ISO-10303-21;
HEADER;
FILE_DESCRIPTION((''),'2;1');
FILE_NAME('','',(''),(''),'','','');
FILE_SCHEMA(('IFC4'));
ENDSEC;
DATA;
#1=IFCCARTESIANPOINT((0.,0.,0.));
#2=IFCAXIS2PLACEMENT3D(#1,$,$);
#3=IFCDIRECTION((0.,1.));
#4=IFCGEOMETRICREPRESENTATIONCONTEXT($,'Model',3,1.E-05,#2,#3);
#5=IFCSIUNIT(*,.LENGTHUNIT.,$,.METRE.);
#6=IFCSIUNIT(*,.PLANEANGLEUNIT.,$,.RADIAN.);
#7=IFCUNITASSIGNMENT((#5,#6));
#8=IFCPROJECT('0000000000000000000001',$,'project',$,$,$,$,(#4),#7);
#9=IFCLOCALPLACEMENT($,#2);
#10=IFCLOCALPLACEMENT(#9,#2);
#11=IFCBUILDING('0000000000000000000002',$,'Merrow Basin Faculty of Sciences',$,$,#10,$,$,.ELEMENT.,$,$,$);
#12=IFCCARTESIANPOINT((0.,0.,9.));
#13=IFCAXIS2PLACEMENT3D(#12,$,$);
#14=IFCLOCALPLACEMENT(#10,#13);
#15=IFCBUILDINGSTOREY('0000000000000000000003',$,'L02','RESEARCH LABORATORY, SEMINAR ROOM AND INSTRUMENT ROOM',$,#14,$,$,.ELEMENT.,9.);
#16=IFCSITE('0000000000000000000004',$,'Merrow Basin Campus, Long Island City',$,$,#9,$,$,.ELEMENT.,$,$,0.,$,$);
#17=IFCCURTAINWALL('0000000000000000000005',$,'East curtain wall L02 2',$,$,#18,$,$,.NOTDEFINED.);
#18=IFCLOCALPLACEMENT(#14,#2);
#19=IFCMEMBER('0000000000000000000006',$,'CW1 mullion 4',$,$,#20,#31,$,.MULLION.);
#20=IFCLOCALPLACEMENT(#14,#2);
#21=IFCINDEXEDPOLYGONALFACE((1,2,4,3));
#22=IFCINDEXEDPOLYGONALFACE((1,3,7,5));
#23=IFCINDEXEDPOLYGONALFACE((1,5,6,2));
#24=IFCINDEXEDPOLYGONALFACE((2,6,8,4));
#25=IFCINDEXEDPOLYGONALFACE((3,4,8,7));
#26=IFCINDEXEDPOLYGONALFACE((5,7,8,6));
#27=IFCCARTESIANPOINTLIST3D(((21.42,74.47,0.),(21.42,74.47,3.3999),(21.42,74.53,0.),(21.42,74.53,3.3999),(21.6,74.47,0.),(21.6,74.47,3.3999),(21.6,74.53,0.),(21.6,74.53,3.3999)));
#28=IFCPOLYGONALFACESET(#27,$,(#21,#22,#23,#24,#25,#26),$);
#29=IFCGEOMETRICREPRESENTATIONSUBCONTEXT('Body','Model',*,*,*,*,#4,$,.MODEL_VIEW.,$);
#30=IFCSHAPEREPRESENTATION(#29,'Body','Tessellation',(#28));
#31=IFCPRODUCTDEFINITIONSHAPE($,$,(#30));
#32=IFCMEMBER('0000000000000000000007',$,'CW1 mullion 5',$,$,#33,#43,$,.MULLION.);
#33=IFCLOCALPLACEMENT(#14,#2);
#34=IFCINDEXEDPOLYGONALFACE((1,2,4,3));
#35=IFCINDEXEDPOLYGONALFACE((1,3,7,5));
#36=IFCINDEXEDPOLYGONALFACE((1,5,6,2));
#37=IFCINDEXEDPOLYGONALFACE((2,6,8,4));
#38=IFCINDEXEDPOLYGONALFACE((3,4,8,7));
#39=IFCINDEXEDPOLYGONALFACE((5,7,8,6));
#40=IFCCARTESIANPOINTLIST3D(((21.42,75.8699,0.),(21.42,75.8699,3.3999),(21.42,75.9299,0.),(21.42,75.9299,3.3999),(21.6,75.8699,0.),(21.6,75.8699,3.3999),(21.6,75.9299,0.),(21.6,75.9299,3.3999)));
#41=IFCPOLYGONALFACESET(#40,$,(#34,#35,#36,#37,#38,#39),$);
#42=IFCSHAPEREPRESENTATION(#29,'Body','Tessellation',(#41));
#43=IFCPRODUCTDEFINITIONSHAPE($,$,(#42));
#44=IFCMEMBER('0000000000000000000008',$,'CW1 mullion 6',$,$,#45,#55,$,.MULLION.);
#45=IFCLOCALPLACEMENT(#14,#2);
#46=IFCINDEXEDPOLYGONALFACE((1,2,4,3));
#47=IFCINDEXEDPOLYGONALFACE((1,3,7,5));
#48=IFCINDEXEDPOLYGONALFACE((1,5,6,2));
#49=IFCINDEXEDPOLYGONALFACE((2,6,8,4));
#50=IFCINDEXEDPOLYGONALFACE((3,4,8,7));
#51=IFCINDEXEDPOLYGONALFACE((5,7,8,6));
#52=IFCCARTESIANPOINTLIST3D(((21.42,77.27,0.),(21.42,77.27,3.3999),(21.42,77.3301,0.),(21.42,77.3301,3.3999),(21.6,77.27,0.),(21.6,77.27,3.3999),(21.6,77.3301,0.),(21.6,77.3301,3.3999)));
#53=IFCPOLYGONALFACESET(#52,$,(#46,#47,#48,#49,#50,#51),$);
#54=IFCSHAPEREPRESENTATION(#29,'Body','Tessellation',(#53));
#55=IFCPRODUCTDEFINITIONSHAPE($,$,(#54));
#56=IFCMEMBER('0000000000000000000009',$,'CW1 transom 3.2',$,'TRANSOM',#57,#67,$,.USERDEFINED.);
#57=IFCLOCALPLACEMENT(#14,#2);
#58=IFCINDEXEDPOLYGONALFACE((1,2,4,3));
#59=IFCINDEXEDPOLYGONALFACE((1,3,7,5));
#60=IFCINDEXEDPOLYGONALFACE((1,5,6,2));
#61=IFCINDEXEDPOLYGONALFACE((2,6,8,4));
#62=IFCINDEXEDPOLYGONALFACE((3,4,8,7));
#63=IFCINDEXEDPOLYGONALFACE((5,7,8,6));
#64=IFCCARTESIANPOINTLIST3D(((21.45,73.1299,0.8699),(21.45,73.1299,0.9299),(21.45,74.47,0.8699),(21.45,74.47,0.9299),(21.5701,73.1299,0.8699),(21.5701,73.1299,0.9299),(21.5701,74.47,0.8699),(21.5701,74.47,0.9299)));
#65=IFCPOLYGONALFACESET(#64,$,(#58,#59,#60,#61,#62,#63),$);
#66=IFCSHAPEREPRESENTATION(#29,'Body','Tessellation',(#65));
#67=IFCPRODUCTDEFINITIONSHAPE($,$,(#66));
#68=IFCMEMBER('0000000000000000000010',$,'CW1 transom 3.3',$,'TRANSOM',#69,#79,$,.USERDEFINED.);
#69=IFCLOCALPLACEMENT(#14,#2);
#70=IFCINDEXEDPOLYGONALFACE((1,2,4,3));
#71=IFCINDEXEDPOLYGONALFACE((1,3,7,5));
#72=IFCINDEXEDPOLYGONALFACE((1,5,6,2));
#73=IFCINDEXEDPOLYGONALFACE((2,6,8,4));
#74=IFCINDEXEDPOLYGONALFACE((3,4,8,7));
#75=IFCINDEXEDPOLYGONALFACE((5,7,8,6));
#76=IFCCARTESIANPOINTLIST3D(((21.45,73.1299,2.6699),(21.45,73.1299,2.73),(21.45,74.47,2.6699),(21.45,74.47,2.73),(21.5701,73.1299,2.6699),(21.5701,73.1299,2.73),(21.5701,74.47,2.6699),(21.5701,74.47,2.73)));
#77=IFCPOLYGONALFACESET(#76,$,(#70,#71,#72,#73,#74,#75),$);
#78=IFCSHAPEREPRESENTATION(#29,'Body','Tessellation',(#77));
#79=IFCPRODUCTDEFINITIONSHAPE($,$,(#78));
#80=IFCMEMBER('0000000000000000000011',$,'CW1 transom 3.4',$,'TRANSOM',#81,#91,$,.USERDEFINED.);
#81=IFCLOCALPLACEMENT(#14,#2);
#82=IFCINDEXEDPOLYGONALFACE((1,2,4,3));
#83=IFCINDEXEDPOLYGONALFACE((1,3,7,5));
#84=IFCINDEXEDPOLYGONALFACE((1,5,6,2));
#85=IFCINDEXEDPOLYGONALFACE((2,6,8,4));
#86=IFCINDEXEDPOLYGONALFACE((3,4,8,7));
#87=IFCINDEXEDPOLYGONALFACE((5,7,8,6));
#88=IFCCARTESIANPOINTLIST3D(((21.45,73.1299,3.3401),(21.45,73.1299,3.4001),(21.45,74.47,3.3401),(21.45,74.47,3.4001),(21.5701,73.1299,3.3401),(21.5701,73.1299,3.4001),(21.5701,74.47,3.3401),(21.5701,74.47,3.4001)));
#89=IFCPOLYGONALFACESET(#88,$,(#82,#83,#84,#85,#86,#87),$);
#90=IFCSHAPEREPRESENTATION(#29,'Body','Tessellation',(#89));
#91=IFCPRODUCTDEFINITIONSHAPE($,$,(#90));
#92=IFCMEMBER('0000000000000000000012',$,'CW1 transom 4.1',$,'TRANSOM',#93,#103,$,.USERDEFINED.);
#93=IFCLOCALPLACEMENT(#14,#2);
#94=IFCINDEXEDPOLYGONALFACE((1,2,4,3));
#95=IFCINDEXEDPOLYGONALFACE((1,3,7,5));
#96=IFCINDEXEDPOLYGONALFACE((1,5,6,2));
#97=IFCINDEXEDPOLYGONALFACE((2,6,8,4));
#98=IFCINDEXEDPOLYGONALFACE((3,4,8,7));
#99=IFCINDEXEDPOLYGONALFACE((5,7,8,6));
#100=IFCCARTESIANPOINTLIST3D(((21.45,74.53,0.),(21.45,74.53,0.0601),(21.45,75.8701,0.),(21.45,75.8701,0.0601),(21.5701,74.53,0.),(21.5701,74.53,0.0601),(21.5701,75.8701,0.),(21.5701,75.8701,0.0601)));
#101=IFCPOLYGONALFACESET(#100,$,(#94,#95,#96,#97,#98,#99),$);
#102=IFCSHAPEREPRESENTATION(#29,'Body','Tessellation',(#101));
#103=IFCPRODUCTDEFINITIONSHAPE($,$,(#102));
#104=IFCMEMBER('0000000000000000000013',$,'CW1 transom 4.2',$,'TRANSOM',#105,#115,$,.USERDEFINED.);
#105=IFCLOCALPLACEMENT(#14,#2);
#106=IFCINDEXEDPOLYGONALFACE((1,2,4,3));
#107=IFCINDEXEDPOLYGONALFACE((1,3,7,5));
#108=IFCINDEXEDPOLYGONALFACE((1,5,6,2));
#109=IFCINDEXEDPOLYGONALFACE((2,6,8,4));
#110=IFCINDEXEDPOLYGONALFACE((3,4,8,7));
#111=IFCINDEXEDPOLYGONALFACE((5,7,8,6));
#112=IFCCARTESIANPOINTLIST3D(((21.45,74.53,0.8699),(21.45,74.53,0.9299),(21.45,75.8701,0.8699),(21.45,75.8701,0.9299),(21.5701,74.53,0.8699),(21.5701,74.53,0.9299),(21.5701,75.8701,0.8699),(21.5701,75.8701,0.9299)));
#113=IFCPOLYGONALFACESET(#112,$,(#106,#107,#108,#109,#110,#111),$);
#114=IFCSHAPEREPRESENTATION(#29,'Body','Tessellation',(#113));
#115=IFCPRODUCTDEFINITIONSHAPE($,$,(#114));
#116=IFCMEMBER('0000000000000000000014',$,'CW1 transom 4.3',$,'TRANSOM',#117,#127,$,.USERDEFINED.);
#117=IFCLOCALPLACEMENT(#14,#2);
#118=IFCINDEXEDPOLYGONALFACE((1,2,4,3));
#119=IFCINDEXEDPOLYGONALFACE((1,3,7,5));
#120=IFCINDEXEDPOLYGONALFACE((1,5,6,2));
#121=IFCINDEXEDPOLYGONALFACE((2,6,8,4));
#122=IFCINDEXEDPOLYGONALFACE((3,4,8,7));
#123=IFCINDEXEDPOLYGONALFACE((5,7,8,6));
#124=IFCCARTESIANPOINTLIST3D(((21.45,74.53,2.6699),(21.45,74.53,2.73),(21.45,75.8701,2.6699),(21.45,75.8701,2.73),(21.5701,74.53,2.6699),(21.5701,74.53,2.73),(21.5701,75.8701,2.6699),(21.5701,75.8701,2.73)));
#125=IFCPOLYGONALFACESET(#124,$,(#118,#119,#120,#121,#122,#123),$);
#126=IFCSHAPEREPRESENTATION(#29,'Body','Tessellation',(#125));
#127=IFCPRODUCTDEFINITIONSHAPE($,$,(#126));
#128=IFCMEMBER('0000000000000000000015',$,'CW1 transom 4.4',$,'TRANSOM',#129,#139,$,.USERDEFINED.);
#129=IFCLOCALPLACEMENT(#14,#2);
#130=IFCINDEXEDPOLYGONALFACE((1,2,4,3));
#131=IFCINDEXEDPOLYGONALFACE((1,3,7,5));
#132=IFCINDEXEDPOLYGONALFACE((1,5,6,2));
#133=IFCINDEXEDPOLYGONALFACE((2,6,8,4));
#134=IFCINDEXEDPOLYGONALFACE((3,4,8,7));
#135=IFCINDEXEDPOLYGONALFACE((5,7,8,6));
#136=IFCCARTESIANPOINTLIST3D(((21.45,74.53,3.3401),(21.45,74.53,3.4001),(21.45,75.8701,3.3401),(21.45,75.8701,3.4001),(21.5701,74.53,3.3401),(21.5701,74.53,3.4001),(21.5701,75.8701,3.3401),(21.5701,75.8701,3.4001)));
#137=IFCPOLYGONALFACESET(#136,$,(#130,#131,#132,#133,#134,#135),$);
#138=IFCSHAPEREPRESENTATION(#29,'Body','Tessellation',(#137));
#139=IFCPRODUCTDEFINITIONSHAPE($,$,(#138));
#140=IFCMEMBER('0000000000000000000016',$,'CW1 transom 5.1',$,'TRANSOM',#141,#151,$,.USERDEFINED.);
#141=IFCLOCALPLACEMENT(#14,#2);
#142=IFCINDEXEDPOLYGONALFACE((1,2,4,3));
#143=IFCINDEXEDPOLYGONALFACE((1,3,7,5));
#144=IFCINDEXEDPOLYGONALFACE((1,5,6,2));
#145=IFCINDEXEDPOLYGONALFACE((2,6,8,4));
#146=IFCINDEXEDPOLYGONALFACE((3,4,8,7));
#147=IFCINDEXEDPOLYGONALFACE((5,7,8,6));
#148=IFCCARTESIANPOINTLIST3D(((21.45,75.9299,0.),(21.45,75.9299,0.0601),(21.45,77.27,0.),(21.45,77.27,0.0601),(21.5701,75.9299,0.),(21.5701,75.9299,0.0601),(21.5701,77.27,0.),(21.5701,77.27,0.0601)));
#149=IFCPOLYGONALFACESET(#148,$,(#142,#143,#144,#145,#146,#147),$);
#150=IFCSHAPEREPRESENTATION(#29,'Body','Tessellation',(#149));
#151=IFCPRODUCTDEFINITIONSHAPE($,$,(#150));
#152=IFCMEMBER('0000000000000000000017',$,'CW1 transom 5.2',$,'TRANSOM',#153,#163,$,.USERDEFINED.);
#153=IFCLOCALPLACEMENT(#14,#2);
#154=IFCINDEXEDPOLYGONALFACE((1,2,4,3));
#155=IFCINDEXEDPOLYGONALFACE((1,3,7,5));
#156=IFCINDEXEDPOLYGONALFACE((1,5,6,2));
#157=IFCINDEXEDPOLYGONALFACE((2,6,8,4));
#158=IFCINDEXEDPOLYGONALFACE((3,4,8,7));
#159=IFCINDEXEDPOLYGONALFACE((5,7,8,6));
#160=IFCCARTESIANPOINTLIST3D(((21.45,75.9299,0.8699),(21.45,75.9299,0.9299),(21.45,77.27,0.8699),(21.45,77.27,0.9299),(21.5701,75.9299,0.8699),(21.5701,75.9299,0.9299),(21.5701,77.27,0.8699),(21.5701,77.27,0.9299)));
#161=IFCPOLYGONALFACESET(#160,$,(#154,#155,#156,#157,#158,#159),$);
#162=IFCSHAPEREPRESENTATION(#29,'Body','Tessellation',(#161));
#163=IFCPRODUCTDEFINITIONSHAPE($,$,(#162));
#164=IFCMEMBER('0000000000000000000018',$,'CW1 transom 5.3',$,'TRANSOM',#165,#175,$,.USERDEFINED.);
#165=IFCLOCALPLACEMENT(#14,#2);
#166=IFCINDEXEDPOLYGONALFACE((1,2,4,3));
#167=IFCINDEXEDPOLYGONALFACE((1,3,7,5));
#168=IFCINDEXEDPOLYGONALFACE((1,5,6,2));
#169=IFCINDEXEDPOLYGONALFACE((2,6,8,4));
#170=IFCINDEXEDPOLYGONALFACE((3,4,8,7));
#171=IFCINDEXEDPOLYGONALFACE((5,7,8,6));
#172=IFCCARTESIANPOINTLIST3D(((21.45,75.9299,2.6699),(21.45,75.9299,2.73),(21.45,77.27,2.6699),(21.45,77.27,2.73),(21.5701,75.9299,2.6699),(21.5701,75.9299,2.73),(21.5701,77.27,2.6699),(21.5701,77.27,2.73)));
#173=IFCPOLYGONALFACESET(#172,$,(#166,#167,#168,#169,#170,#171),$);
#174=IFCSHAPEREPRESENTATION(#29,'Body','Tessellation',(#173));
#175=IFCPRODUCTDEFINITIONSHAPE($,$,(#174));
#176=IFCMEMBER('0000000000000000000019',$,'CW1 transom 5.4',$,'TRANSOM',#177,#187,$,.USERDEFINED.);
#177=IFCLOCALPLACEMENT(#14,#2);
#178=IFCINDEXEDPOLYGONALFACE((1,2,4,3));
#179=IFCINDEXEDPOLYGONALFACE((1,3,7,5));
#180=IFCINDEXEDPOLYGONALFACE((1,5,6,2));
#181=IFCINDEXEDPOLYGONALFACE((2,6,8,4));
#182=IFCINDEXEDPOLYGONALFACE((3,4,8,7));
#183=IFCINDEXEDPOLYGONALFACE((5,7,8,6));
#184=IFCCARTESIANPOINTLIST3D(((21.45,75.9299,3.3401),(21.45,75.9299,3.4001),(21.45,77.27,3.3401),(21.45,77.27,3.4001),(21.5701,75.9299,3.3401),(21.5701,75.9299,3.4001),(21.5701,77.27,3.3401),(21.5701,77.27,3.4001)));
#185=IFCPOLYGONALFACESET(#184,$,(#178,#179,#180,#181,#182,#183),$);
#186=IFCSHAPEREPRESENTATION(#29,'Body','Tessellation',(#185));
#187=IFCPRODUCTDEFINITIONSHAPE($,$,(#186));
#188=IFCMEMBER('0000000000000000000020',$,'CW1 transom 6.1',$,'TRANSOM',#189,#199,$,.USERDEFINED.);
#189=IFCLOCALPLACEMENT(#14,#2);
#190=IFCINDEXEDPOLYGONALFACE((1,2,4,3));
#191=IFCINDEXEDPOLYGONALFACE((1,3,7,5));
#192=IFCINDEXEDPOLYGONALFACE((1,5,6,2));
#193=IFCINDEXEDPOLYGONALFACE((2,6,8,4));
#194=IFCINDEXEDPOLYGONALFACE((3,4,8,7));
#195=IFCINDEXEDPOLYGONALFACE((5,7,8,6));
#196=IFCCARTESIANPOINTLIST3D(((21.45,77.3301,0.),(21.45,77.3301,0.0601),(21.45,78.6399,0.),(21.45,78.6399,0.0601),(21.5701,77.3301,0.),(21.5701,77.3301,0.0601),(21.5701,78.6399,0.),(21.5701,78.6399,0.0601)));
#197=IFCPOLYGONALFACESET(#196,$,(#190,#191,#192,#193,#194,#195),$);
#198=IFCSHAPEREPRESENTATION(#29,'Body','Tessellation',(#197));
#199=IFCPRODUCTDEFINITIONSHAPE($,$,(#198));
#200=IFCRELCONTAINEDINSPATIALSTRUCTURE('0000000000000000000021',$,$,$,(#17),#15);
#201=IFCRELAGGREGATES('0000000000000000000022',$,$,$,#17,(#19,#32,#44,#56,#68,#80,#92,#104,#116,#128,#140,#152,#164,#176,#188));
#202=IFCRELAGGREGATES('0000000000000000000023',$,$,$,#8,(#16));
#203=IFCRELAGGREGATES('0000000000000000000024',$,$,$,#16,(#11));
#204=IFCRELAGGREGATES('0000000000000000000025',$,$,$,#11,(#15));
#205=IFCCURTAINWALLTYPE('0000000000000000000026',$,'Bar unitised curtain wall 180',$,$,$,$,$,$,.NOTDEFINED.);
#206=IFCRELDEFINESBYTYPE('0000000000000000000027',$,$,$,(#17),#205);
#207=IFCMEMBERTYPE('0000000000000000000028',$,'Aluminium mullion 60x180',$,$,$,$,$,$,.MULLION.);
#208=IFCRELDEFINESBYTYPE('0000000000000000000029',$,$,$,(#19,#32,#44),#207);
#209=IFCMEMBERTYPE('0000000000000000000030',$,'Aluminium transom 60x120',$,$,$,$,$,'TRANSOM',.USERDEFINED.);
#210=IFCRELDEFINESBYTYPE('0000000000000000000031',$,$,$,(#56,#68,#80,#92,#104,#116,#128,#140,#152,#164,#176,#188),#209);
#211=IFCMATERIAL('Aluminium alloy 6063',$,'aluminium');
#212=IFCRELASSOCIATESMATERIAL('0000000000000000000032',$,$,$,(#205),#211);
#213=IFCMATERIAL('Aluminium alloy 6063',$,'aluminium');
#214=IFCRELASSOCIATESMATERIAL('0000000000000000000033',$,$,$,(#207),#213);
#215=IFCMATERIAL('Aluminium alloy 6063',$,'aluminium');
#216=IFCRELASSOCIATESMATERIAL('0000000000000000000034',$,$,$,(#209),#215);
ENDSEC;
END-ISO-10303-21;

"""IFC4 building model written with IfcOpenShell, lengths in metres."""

from ifc_helpers import new_model, si_unit, direction, frame, origin, origin_2d, place, context, subcontext, project, spatial, rectangle, extrude, material, material_profile, profile_set, type_object, element, aggregate, save


model = new_model("IFC4")

# Units and contexts
model_context = context("Model", 3, precision=1e-05, world=origin(), true_north=direction((0.0, 1.0)))
body_context = subcontext(model_context, "Body", "Model", "MODEL_VIEW")
ifc_project = project(units=[si_unit("LENGTHUNIT", "METRE"), si_unit("PLANEANGLEUNIT", "RADIAN")], contexts=[model_context])

# Site, building, storey
site_placement = place(None, origin())
site = spatial("IfcSite", under=ifc_project, at=site_placement, Name="Merrow Basin Campus, Long Island City", CompositionType="ELEMENT", RefElevation=0.0)
building_placement = place(site_placement, origin())
building = spatial("IfcBuilding", under=site, at=building_placement, Name="Merrow Basin Faculty of Sciences", CompositionType="ELEMENT")
storey_placement = place(building_placement, frame((0.0, 0.0, 9.0)))
storey = spatial("IfcBuildingStorey", under=building, at=storey_placement, Name="L02", Description="RESEARCH LABORATORY, SEMINAR ROOM AND INSTRUMENT ROOM", CompositionType="ELEMENT", Elevation=9.0)

# Curtain wall, members
ifc_material_1 = material(Name="Aluminium alloy 6063", Category="aluminium")
curtain_wall_type = type_object("IfcCurtainWallType", Name="Bar unitised curtain wall 180", PredefinedType="NOTDEFINED", material=ifc_material_1)
curtain_wall_placement = place(storey_placement, origin())
curtain_wall = element("IfcCurtainWall", 1, at=curtain_wall_placement, inside=storey, type_object=curtain_wall_type, Name="East curtain wall L02 2", PredefinedType="NOTDEFINED")
ifc_material_2 = material(Name="Aluminium alloy 6063", Category="aluminium")
ifc_material_profile_1 = material_profile(ifc_material_2, rectangle(XDim=0.1799, YDim=0.0601, at=origin_2d()))
ifc_profile_set_1 = profile_set([ifc_material_profile_1], Name="Aluminium alloy 6063")
member_type_1 = type_object("IfcMemberType", Name="Aluminium mullion 60x180", PredefinedType="MULLION", material=ifc_profile_set_1)
member_1_placement = place(storey_placement, frame((21.51, 74.5, 0.0), z_axis=(0.0, 0.0, 1.0), x_axis=(-1.0, 0.0, 0.0)))
member_1 = element("IfcMember", 2, at=member_1_placement, type_object=member_type_1, Name="CW1 mullion 4", PredefinedType="MULLION", context=body_context, shape_type="SweptSolid", body=[
    extrude(rectangle(XDim=0.1799, YDim=0.0601, at=origin_2d()), origin(), (0.0, 0.0, 1.0), 3.3999),
])
member_2_placement = place(storey_placement, frame((21.51, 75.8999, 0.0), z_axis=(0.0, 0.0, 1.0), x_axis=(-1.0, 0.0, 0.0)))
member_2 = element("IfcMember", 3, at=member_2_placement, type_object=member_type_1, Name="CW1 mullion 5", PredefinedType="MULLION", context=body_context, shape_type="SweptSolid", body=[
    extrude(rectangle(XDim=0.1799, YDim=0.0601, at=origin_2d()), origin(), (0.0, 0.0, 1.0), 3.3999),
])
member_3_placement = place(storey_placement, frame((21.51, 77.3, 0.0), z_axis=(0.0, 0.0, 1.0), x_axis=(-1.0, 0.0, 0.0)))
member_3 = element("IfcMember", 4, at=member_3_placement, type_object=member_type_1, Name="CW1 mullion 6", PredefinedType="MULLION", context=body_context, shape_type="SweptSolid", body=[
    extrude(rectangle(XDim=0.1799, YDim=0.0601, at=origin_2d()), origin(), (0.0, 0.0, 1.0), 3.3999),
])
ifc_material_3 = material(Name="Aluminium alloy 6063", Category="aluminium")
ifc_material_profile_2 = material_profile(ifc_material_3, rectangle(XDim=0.1201, YDim=0.0601, at=origin_2d()))
ifc_profile_set_2 = profile_set([ifc_material_profile_2], Name="Aluminium alloy 6063")
member_type_2 = type_object("IfcMemberType", Name="Aluminium transom 60x120", ElementType="TRANSOM", PredefinedType="USERDEFINED", material=ifc_profile_set_2)
member_4_placement = place(storey_placement, frame((21.51, 73.1299, 0.8999), z_axis=(0.0, 1.0, 0.0), x_axis=(-1.0, 0.0, 0.0)))
member_4 = element("IfcMember", 5, at=member_4_placement, type_object=member_type_2, Name="CW1 transom 3.2", ObjectType="TRANSOM", PredefinedType="USERDEFINED", context=body_context, shape_type="SweptSolid", body=[
    extrude(rectangle(XDim=0.1201, YDim=0.0601, at=origin_2d()), origin(), (0.0, 0.0, 1.0), 1.3401),
])
member_5_placement = place(storey_placement, frame((21.51, 73.1299, 2.7), z_axis=(0.0, 1.0, 0.0), x_axis=(-1.0, 0.0, 0.0)))
member_5 = element("IfcMember", 6, at=member_5_placement, type_object=member_type_2, Name="CW1 transom 3.3", ObjectType="TRANSOM", PredefinedType="USERDEFINED", context=body_context, shape_type="SweptSolid", body=[
    extrude(rectangle(XDim=0.1201, YDim=0.0601, at=origin_2d()), origin(), (0.0, 0.0, 1.0), 1.3401),
])
member_6_placement = place(storey_placement, frame((21.51, 73.1299, 3.3701), z_axis=(0.0, 1.0, 0.0), x_axis=(-1.0, 0.0, 0.0)))
member_6 = element("IfcMember", 7, at=member_6_placement, type_object=member_type_2, Name="CW1 transom 3.4", ObjectType="TRANSOM", PredefinedType="USERDEFINED", context=body_context, shape_type="SweptSolid", body=[
    extrude(rectangle(XDim=0.1201, YDim=0.0601, at=origin_2d()), origin(), (0.0, 0.0, 1.0), 1.3401),
])
member_7_placement = place(storey_placement, frame((21.51, 74.53, 0.03), z_axis=(0.0, 1.0, 0.0), x_axis=(-1.0, 0.0, 0.0)))
member_7 = element("IfcMember", 8, at=member_7_placement, type_object=member_type_2, Name="CW1 transom 4.1", ObjectType="TRANSOM", PredefinedType="USERDEFINED", context=body_context, shape_type="SweptSolid", body=[
    extrude(rectangle(XDim=0.1201, YDim=0.0601, at=origin_2d()), origin(), (0.0, 0.0, 1.0), 1.3401),
])
member_8_placement = place(storey_placement, frame((21.51, 74.53, 0.8999), z_axis=(0.0, 1.0, 0.0), x_axis=(-1.0, 0.0, 0.0)))
member_8 = element("IfcMember", 9, at=member_8_placement, type_object=member_type_2, Name="CW1 transom 4.2", ObjectType="TRANSOM", PredefinedType="USERDEFINED", context=body_context, shape_type="SweptSolid", body=[
    extrude(rectangle(XDim=0.1201, YDim=0.0601, at=origin_2d()), origin(), (0.0, 0.0, 1.0), 1.3401),
])
member_9_placement = place(storey_placement, frame((21.51, 74.53, 2.7), z_axis=(0.0, 1.0, 0.0), x_axis=(-1.0, 0.0, 0.0)))
member_9 = element("IfcMember", 10, at=member_9_placement, type_object=member_type_2, Name="CW1 transom 4.3", ObjectType="TRANSOM", PredefinedType="USERDEFINED", context=body_context, shape_type="SweptSolid", body=[
    extrude(rectangle(XDim=0.1201, YDim=0.0601, at=origin_2d()), origin(), (0.0, 0.0, 1.0), 1.3401),
])
member_10_placement = place(storey_placement, frame((21.51, 74.53, 3.3701), z_axis=(0.0, 1.0, 0.0), x_axis=(-1.0, 0.0, 0.0)))
member_10 = element("IfcMember", 11, at=member_10_placement, type_object=member_type_2, Name="CW1 transom 4.4", ObjectType="TRANSOM", PredefinedType="USERDEFINED", context=body_context, shape_type="SweptSolid", body=[
    extrude(rectangle(XDim=0.1201, YDim=0.0601, at=origin_2d()), origin(), (0.0, 0.0, 1.0), 1.3401),
])
member_11_placement = place(storey_placement, frame((21.51, 75.9299, 0.03), z_axis=(0.0, 1.0, 0.0), x_axis=(-1.0, 0.0, 0.0)))
member_11 = element("IfcMember", 12, at=member_11_placement, type_object=member_type_2, Name="CW1 transom 5.1", ObjectType="TRANSOM", PredefinedType="USERDEFINED", context=body_context, shape_type="SweptSolid", body=[
    extrude(rectangle(XDim=0.1201, YDim=0.0601, at=origin_2d()), origin(), (0.0, 0.0, 1.0), 1.3401),
])
member_12_placement = place(storey_placement, frame((21.51, 75.9299, 0.8999), z_axis=(0.0, 1.0, 0.0), x_axis=(-1.0, 0.0, 0.0)))
member_12 = element("IfcMember", 13, at=member_12_placement, type_object=member_type_2, Name="CW1 transom 5.2", ObjectType="TRANSOM", PredefinedType="USERDEFINED", context=body_context, shape_type="SweptSolid", body=[
    extrude(rectangle(XDim=0.1201, YDim=0.0601, at=origin_2d()), origin(), (0.0, 0.0, 1.0), 1.3401),
])
member_13_placement = place(storey_placement, frame((21.51, 75.9299, 2.7), z_axis=(0.0, 1.0, 0.0), x_axis=(-1.0, 0.0, 0.0)))
member_13 = element("IfcMember", 14, at=member_13_placement, type_object=member_type_2, Name="CW1 transom 5.3", ObjectType="TRANSOM", PredefinedType="USERDEFINED", context=body_context, shape_type="SweptSolid", body=[
    extrude(rectangle(XDim=0.1201, YDim=0.0601, at=origin_2d()), origin(), (0.0, 0.0, 1.0), 1.3401),
])
member_14_placement = place(storey_placement, frame((21.51, 75.9299, 3.3701), z_axis=(0.0, 1.0, 0.0), x_axis=(-1.0, 0.0, 0.0)))
member_14 = element("IfcMember", 15, at=member_14_placement, type_object=member_type_2, Name="CW1 transom 5.4", ObjectType="TRANSOM", PredefinedType="USERDEFINED", context=body_context, shape_type="SweptSolid", body=[
    extrude(rectangle(XDim=0.1201, YDim=0.0601, at=origin_2d()), origin(), (0.0, 0.0, 1.0), 1.3401),
])
member_15_placement = place(storey_placement, frame((21.51, 77.3301, 0.03), z_axis=(0.0, 1.0, 0.0), x_axis=(-1.0, 0.0, 0.0)))
member_15 = element("IfcMember", 16, at=member_15_placement, type_object=member_type_2, Name="CW1 transom 6.1", ObjectType="TRANSOM", PredefinedType="USERDEFINED", context=body_context, shape_type="SweptSolid", body=[
    extrude(rectangle(XDim=0.1201, YDim=0.0601, at=origin_2d()), origin(), (0.0, 0.0, 1.0), 1.3098),
])
aggregate(curtain_wall, [member_1, member_2, member_3, member_4, member_5, member_6, member_7, member_8, member_9, member_10, member_11, member_12, member_13, member_14, member_15])

save(model, "model.ifc")
